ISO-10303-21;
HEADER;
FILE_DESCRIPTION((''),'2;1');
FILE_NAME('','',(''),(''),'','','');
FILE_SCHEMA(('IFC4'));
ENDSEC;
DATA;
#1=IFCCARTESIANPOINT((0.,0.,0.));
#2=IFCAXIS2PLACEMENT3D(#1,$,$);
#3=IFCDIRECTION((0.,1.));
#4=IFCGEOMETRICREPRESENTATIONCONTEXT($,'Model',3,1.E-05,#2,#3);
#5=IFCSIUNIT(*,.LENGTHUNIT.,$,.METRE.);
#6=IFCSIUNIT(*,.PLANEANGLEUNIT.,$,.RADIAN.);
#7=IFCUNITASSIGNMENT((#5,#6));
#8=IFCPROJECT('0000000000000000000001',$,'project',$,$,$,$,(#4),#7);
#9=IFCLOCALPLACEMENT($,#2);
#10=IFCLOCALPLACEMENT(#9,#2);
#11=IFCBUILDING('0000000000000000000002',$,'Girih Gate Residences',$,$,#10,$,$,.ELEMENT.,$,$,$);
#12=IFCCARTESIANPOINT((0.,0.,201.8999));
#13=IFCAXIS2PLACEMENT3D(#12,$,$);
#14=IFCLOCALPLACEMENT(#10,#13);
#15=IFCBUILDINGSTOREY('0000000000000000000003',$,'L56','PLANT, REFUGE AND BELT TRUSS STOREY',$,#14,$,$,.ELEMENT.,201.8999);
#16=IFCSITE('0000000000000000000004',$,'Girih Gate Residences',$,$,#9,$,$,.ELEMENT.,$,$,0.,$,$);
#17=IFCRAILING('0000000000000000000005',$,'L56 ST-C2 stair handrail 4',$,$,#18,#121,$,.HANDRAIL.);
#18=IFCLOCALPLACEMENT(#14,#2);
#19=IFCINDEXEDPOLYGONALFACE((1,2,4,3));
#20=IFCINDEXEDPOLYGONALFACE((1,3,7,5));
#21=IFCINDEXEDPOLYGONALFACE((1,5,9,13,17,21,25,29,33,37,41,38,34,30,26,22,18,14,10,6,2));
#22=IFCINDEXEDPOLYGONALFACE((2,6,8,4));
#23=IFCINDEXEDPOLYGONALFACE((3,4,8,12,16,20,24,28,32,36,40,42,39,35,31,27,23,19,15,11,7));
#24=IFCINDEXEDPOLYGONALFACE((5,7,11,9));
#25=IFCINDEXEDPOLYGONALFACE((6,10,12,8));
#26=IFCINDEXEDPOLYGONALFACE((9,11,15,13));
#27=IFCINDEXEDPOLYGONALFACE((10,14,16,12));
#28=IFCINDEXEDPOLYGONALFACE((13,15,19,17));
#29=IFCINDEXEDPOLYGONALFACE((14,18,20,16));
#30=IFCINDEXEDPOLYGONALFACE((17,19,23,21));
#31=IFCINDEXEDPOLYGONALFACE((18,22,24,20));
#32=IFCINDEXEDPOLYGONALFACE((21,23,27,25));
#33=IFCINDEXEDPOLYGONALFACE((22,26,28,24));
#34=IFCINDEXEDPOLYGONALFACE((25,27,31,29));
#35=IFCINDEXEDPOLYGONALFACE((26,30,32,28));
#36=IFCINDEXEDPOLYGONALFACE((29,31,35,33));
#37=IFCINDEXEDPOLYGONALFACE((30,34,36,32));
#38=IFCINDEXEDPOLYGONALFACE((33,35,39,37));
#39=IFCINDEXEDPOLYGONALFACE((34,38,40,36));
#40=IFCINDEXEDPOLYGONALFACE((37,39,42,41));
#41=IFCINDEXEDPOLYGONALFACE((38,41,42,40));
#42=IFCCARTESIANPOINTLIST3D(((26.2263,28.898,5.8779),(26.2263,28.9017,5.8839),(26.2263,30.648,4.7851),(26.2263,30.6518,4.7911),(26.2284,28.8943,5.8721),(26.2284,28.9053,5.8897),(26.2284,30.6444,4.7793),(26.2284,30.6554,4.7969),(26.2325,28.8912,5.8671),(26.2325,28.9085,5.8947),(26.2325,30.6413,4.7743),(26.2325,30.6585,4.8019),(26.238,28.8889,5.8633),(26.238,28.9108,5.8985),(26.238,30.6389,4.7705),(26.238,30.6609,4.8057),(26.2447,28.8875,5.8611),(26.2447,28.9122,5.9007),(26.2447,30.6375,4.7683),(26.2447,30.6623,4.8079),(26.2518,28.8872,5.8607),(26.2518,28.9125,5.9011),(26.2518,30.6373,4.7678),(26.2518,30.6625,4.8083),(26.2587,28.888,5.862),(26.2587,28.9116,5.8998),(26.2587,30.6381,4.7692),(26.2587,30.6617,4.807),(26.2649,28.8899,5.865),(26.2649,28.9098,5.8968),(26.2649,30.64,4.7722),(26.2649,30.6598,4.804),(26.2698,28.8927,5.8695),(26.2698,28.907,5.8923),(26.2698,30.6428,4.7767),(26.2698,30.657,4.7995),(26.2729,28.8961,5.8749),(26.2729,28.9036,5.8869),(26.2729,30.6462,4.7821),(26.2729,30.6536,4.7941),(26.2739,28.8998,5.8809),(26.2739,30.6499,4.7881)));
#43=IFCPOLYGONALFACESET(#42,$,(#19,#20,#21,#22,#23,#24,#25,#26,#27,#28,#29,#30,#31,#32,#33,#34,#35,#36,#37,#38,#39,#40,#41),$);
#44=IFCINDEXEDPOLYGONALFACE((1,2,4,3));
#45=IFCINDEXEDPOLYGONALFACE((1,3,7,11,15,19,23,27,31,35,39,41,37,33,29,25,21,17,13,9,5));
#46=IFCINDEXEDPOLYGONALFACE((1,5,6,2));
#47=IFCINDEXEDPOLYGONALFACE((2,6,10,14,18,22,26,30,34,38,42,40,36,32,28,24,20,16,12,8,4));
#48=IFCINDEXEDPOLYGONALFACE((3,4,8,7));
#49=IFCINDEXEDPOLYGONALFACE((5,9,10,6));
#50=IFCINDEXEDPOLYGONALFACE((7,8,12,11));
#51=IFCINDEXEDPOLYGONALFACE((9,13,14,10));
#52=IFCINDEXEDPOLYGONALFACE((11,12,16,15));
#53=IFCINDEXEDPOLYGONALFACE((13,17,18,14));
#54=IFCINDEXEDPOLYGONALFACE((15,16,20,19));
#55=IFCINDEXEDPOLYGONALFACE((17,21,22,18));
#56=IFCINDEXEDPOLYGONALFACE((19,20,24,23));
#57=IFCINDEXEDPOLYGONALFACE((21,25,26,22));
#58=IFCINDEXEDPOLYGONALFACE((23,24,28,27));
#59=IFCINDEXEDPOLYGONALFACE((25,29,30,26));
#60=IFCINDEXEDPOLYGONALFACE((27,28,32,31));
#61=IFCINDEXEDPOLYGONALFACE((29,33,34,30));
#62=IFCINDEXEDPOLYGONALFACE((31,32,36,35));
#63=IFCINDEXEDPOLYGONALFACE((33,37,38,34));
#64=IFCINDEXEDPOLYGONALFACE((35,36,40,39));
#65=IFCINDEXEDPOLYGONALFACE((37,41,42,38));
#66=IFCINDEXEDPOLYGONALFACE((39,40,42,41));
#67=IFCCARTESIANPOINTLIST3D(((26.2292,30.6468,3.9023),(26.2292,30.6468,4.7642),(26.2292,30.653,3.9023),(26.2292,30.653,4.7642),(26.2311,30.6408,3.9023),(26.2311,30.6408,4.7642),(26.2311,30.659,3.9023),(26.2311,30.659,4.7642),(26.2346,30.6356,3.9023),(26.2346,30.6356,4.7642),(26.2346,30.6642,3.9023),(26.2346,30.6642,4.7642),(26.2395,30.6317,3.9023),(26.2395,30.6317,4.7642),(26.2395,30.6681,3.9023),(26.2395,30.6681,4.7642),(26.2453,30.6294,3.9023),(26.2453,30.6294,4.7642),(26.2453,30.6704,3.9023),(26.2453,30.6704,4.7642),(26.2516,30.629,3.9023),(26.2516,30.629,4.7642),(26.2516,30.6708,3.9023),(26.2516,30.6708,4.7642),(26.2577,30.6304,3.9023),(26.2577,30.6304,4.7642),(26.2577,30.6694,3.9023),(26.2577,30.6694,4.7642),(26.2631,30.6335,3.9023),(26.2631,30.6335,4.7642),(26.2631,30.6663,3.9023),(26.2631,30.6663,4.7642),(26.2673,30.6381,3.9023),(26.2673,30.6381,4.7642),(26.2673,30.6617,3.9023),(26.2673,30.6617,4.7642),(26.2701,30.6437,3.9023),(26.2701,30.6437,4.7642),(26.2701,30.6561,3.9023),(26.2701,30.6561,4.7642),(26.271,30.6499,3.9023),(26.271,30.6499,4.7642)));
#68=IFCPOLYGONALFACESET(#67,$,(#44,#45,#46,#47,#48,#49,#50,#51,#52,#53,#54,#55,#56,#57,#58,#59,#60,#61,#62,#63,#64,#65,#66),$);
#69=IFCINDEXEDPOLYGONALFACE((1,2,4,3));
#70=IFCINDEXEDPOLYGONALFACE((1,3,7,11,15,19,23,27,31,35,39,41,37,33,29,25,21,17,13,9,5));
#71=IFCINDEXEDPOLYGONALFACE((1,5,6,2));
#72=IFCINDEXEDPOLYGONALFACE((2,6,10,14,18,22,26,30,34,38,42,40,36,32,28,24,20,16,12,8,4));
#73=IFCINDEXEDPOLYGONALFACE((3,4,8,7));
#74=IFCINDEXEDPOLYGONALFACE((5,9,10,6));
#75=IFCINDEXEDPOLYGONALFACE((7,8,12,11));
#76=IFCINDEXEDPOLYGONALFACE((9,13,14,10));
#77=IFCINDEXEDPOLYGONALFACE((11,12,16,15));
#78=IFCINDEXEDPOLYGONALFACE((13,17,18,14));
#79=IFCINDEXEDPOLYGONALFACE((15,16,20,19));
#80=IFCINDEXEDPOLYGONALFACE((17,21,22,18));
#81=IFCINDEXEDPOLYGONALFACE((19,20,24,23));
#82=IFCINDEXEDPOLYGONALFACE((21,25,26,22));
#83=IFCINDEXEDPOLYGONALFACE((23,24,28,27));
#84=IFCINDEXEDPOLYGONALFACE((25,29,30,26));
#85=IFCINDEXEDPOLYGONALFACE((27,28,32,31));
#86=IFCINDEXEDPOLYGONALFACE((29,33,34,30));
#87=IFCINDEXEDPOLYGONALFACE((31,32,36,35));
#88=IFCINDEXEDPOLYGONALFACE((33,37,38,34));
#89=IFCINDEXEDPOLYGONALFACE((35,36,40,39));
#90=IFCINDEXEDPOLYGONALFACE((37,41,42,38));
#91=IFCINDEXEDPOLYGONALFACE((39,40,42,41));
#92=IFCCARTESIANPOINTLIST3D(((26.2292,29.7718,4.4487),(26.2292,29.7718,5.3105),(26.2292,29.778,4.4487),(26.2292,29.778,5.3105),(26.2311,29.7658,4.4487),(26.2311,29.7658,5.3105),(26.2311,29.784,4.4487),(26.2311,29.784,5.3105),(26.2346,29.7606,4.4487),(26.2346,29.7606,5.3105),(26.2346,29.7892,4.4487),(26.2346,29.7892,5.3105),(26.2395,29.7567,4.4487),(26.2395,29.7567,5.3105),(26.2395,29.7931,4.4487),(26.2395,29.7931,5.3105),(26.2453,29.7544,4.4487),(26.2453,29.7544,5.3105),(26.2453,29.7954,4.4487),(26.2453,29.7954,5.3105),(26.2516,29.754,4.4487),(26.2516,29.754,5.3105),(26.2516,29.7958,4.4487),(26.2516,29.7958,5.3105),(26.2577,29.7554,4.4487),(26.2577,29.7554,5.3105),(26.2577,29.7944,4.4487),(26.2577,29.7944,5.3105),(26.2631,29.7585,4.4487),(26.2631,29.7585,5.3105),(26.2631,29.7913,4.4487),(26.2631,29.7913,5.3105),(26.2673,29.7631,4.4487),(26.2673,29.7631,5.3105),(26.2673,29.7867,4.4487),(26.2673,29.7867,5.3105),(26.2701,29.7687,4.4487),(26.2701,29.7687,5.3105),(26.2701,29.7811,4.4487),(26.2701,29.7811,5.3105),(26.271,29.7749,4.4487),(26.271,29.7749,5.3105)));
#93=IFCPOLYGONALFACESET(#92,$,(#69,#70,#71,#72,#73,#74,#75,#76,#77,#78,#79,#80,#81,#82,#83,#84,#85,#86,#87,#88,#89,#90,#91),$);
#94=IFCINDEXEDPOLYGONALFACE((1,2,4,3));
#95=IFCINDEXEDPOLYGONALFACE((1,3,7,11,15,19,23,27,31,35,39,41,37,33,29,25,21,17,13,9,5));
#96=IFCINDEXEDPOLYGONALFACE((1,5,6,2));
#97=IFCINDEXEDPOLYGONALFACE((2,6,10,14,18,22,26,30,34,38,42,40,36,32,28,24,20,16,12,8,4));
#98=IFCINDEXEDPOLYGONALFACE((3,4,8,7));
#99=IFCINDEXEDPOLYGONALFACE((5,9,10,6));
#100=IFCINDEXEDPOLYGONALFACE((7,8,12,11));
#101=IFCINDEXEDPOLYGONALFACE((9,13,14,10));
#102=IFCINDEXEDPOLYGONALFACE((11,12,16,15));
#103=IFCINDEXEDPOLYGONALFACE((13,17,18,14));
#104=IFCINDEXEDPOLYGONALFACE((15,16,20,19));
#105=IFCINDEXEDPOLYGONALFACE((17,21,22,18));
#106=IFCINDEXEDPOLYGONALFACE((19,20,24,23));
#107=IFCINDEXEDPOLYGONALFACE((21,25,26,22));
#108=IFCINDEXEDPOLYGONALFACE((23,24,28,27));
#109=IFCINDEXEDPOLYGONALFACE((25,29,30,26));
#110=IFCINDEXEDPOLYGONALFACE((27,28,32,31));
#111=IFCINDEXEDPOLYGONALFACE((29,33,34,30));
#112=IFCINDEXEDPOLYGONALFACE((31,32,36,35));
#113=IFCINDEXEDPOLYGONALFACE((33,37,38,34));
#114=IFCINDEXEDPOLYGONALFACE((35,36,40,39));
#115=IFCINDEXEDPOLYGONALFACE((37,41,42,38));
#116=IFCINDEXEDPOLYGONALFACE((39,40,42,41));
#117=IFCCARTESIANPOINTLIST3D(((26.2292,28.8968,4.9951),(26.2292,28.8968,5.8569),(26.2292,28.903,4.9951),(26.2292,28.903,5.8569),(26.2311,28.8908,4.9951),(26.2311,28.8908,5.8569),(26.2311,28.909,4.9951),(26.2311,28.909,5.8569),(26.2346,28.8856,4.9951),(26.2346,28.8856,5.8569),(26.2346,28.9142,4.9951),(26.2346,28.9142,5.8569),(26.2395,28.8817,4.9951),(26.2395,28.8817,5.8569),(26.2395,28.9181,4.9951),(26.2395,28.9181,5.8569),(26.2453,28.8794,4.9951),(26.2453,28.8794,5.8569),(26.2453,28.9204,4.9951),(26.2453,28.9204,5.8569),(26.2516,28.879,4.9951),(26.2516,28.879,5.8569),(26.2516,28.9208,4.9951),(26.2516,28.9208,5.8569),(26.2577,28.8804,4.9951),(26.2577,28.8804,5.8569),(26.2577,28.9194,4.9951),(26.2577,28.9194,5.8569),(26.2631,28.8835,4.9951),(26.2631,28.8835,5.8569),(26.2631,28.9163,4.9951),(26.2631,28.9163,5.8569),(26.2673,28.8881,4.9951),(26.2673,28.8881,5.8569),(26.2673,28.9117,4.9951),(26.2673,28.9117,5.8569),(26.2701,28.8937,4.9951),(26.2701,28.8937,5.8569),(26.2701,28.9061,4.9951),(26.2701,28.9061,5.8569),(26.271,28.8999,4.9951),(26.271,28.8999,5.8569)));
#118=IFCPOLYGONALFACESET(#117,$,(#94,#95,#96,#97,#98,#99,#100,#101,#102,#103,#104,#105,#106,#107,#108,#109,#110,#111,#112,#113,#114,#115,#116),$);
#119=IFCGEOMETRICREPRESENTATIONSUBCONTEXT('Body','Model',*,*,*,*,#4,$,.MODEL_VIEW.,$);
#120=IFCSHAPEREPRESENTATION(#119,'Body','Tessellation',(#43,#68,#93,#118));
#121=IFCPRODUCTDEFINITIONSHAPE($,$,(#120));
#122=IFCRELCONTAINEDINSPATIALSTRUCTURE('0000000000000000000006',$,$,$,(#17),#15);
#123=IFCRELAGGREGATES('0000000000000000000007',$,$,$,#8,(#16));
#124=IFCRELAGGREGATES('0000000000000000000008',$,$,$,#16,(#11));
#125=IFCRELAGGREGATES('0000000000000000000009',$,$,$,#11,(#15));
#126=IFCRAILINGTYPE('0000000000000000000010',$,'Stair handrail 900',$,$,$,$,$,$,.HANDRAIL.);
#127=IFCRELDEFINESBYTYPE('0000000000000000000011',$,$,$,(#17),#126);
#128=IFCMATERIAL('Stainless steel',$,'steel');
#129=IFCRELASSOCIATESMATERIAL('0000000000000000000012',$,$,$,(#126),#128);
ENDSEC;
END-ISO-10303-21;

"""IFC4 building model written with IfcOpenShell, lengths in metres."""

from ifc_helpers import new_model, si_unit, direction, frame, origin, origin_2d, place, context, subcontext, project, spatial, circle, extrude, material, type_object, element, save


model = new_model("IFC4")

# Units and contexts
model_context = context("Model", 3, precision=1e-05, world=origin(), true_north=direction((0.0, 1.0)))
body_context = subcontext(model_context, "Body", "Model", "MODEL_VIEW")
ifc_project = project(units=[si_unit("LENGTHUNIT", "METRE"), si_unit("PLANEANGLEUNIT", "RADIAN")], contexts=[model_context])

# Site, building, storey
site_placement = place(None, origin())
site = spatial("IfcSite", under=ifc_project, at=site_placement, Name="Girih Gate Residences", CompositionType="ELEMENT", RefElevation=0.0)
building_placement = place(site_placement, origin())
building = spatial("IfcBuilding", under=site, at=building_placement, Name="Girih Gate Residences", CompositionType="ELEMENT")
storey_placement = place(building_placement, frame((0.0, 0.0, 201.8999)))
storey = spatial("IfcBuildingStorey", under=building, at=storey_placement, Name="L56", Description="PLANT, REFUGE AND BELT TRUSS STOREY", CompositionType="ELEMENT", Elevation=201.8999)

# Railing
ifc_material_1 = material(Name="Stainless steel", Category="steel")
railing_type_1 = type_object("IfcRailingType", Name="Stair handrail 900", PredefinedType="HANDRAIL", material=ifc_material_1)
railing_1_placement = place(storey_placement, frame((26.25, 30.6499, 3.9023)))
element("IfcRailing", 1, at=railing_1_placement, inside=storey, type_object=railing_type_1, Name="L56 ST-C2 stair handrail 4", PredefinedType="HANDRAIL", context=body_context, shape_type="SweptSolid", body=[
    extrude(circle(Radius=0.0239, at=origin_2d()), frame((0.0, 0.0, 0.8857), z_axis=(0.0, -0.848211, 0.529659), x_axis=(1.0, 0.0, 0.0)), (0.0, 0.0, 1.0), 2.0632),
    extrude(circle(Radius=0.021, at=origin_2d()), origin(), (0.0, 0.0, 1.0), 0.8618),
    extrude(circle(Radius=0.021, at=origin_2d()), frame((0.0, -0.875, 0.5464)), (0.0, 0.0, 1.0), 0.8618),
    extrude(circle(Radius=0.021, at=origin_2d()), frame((0.0, -1.75, 1.0928)), (0.0, 0.0, 1.0), 0.8618),
])

save(model, "model.ifc")
